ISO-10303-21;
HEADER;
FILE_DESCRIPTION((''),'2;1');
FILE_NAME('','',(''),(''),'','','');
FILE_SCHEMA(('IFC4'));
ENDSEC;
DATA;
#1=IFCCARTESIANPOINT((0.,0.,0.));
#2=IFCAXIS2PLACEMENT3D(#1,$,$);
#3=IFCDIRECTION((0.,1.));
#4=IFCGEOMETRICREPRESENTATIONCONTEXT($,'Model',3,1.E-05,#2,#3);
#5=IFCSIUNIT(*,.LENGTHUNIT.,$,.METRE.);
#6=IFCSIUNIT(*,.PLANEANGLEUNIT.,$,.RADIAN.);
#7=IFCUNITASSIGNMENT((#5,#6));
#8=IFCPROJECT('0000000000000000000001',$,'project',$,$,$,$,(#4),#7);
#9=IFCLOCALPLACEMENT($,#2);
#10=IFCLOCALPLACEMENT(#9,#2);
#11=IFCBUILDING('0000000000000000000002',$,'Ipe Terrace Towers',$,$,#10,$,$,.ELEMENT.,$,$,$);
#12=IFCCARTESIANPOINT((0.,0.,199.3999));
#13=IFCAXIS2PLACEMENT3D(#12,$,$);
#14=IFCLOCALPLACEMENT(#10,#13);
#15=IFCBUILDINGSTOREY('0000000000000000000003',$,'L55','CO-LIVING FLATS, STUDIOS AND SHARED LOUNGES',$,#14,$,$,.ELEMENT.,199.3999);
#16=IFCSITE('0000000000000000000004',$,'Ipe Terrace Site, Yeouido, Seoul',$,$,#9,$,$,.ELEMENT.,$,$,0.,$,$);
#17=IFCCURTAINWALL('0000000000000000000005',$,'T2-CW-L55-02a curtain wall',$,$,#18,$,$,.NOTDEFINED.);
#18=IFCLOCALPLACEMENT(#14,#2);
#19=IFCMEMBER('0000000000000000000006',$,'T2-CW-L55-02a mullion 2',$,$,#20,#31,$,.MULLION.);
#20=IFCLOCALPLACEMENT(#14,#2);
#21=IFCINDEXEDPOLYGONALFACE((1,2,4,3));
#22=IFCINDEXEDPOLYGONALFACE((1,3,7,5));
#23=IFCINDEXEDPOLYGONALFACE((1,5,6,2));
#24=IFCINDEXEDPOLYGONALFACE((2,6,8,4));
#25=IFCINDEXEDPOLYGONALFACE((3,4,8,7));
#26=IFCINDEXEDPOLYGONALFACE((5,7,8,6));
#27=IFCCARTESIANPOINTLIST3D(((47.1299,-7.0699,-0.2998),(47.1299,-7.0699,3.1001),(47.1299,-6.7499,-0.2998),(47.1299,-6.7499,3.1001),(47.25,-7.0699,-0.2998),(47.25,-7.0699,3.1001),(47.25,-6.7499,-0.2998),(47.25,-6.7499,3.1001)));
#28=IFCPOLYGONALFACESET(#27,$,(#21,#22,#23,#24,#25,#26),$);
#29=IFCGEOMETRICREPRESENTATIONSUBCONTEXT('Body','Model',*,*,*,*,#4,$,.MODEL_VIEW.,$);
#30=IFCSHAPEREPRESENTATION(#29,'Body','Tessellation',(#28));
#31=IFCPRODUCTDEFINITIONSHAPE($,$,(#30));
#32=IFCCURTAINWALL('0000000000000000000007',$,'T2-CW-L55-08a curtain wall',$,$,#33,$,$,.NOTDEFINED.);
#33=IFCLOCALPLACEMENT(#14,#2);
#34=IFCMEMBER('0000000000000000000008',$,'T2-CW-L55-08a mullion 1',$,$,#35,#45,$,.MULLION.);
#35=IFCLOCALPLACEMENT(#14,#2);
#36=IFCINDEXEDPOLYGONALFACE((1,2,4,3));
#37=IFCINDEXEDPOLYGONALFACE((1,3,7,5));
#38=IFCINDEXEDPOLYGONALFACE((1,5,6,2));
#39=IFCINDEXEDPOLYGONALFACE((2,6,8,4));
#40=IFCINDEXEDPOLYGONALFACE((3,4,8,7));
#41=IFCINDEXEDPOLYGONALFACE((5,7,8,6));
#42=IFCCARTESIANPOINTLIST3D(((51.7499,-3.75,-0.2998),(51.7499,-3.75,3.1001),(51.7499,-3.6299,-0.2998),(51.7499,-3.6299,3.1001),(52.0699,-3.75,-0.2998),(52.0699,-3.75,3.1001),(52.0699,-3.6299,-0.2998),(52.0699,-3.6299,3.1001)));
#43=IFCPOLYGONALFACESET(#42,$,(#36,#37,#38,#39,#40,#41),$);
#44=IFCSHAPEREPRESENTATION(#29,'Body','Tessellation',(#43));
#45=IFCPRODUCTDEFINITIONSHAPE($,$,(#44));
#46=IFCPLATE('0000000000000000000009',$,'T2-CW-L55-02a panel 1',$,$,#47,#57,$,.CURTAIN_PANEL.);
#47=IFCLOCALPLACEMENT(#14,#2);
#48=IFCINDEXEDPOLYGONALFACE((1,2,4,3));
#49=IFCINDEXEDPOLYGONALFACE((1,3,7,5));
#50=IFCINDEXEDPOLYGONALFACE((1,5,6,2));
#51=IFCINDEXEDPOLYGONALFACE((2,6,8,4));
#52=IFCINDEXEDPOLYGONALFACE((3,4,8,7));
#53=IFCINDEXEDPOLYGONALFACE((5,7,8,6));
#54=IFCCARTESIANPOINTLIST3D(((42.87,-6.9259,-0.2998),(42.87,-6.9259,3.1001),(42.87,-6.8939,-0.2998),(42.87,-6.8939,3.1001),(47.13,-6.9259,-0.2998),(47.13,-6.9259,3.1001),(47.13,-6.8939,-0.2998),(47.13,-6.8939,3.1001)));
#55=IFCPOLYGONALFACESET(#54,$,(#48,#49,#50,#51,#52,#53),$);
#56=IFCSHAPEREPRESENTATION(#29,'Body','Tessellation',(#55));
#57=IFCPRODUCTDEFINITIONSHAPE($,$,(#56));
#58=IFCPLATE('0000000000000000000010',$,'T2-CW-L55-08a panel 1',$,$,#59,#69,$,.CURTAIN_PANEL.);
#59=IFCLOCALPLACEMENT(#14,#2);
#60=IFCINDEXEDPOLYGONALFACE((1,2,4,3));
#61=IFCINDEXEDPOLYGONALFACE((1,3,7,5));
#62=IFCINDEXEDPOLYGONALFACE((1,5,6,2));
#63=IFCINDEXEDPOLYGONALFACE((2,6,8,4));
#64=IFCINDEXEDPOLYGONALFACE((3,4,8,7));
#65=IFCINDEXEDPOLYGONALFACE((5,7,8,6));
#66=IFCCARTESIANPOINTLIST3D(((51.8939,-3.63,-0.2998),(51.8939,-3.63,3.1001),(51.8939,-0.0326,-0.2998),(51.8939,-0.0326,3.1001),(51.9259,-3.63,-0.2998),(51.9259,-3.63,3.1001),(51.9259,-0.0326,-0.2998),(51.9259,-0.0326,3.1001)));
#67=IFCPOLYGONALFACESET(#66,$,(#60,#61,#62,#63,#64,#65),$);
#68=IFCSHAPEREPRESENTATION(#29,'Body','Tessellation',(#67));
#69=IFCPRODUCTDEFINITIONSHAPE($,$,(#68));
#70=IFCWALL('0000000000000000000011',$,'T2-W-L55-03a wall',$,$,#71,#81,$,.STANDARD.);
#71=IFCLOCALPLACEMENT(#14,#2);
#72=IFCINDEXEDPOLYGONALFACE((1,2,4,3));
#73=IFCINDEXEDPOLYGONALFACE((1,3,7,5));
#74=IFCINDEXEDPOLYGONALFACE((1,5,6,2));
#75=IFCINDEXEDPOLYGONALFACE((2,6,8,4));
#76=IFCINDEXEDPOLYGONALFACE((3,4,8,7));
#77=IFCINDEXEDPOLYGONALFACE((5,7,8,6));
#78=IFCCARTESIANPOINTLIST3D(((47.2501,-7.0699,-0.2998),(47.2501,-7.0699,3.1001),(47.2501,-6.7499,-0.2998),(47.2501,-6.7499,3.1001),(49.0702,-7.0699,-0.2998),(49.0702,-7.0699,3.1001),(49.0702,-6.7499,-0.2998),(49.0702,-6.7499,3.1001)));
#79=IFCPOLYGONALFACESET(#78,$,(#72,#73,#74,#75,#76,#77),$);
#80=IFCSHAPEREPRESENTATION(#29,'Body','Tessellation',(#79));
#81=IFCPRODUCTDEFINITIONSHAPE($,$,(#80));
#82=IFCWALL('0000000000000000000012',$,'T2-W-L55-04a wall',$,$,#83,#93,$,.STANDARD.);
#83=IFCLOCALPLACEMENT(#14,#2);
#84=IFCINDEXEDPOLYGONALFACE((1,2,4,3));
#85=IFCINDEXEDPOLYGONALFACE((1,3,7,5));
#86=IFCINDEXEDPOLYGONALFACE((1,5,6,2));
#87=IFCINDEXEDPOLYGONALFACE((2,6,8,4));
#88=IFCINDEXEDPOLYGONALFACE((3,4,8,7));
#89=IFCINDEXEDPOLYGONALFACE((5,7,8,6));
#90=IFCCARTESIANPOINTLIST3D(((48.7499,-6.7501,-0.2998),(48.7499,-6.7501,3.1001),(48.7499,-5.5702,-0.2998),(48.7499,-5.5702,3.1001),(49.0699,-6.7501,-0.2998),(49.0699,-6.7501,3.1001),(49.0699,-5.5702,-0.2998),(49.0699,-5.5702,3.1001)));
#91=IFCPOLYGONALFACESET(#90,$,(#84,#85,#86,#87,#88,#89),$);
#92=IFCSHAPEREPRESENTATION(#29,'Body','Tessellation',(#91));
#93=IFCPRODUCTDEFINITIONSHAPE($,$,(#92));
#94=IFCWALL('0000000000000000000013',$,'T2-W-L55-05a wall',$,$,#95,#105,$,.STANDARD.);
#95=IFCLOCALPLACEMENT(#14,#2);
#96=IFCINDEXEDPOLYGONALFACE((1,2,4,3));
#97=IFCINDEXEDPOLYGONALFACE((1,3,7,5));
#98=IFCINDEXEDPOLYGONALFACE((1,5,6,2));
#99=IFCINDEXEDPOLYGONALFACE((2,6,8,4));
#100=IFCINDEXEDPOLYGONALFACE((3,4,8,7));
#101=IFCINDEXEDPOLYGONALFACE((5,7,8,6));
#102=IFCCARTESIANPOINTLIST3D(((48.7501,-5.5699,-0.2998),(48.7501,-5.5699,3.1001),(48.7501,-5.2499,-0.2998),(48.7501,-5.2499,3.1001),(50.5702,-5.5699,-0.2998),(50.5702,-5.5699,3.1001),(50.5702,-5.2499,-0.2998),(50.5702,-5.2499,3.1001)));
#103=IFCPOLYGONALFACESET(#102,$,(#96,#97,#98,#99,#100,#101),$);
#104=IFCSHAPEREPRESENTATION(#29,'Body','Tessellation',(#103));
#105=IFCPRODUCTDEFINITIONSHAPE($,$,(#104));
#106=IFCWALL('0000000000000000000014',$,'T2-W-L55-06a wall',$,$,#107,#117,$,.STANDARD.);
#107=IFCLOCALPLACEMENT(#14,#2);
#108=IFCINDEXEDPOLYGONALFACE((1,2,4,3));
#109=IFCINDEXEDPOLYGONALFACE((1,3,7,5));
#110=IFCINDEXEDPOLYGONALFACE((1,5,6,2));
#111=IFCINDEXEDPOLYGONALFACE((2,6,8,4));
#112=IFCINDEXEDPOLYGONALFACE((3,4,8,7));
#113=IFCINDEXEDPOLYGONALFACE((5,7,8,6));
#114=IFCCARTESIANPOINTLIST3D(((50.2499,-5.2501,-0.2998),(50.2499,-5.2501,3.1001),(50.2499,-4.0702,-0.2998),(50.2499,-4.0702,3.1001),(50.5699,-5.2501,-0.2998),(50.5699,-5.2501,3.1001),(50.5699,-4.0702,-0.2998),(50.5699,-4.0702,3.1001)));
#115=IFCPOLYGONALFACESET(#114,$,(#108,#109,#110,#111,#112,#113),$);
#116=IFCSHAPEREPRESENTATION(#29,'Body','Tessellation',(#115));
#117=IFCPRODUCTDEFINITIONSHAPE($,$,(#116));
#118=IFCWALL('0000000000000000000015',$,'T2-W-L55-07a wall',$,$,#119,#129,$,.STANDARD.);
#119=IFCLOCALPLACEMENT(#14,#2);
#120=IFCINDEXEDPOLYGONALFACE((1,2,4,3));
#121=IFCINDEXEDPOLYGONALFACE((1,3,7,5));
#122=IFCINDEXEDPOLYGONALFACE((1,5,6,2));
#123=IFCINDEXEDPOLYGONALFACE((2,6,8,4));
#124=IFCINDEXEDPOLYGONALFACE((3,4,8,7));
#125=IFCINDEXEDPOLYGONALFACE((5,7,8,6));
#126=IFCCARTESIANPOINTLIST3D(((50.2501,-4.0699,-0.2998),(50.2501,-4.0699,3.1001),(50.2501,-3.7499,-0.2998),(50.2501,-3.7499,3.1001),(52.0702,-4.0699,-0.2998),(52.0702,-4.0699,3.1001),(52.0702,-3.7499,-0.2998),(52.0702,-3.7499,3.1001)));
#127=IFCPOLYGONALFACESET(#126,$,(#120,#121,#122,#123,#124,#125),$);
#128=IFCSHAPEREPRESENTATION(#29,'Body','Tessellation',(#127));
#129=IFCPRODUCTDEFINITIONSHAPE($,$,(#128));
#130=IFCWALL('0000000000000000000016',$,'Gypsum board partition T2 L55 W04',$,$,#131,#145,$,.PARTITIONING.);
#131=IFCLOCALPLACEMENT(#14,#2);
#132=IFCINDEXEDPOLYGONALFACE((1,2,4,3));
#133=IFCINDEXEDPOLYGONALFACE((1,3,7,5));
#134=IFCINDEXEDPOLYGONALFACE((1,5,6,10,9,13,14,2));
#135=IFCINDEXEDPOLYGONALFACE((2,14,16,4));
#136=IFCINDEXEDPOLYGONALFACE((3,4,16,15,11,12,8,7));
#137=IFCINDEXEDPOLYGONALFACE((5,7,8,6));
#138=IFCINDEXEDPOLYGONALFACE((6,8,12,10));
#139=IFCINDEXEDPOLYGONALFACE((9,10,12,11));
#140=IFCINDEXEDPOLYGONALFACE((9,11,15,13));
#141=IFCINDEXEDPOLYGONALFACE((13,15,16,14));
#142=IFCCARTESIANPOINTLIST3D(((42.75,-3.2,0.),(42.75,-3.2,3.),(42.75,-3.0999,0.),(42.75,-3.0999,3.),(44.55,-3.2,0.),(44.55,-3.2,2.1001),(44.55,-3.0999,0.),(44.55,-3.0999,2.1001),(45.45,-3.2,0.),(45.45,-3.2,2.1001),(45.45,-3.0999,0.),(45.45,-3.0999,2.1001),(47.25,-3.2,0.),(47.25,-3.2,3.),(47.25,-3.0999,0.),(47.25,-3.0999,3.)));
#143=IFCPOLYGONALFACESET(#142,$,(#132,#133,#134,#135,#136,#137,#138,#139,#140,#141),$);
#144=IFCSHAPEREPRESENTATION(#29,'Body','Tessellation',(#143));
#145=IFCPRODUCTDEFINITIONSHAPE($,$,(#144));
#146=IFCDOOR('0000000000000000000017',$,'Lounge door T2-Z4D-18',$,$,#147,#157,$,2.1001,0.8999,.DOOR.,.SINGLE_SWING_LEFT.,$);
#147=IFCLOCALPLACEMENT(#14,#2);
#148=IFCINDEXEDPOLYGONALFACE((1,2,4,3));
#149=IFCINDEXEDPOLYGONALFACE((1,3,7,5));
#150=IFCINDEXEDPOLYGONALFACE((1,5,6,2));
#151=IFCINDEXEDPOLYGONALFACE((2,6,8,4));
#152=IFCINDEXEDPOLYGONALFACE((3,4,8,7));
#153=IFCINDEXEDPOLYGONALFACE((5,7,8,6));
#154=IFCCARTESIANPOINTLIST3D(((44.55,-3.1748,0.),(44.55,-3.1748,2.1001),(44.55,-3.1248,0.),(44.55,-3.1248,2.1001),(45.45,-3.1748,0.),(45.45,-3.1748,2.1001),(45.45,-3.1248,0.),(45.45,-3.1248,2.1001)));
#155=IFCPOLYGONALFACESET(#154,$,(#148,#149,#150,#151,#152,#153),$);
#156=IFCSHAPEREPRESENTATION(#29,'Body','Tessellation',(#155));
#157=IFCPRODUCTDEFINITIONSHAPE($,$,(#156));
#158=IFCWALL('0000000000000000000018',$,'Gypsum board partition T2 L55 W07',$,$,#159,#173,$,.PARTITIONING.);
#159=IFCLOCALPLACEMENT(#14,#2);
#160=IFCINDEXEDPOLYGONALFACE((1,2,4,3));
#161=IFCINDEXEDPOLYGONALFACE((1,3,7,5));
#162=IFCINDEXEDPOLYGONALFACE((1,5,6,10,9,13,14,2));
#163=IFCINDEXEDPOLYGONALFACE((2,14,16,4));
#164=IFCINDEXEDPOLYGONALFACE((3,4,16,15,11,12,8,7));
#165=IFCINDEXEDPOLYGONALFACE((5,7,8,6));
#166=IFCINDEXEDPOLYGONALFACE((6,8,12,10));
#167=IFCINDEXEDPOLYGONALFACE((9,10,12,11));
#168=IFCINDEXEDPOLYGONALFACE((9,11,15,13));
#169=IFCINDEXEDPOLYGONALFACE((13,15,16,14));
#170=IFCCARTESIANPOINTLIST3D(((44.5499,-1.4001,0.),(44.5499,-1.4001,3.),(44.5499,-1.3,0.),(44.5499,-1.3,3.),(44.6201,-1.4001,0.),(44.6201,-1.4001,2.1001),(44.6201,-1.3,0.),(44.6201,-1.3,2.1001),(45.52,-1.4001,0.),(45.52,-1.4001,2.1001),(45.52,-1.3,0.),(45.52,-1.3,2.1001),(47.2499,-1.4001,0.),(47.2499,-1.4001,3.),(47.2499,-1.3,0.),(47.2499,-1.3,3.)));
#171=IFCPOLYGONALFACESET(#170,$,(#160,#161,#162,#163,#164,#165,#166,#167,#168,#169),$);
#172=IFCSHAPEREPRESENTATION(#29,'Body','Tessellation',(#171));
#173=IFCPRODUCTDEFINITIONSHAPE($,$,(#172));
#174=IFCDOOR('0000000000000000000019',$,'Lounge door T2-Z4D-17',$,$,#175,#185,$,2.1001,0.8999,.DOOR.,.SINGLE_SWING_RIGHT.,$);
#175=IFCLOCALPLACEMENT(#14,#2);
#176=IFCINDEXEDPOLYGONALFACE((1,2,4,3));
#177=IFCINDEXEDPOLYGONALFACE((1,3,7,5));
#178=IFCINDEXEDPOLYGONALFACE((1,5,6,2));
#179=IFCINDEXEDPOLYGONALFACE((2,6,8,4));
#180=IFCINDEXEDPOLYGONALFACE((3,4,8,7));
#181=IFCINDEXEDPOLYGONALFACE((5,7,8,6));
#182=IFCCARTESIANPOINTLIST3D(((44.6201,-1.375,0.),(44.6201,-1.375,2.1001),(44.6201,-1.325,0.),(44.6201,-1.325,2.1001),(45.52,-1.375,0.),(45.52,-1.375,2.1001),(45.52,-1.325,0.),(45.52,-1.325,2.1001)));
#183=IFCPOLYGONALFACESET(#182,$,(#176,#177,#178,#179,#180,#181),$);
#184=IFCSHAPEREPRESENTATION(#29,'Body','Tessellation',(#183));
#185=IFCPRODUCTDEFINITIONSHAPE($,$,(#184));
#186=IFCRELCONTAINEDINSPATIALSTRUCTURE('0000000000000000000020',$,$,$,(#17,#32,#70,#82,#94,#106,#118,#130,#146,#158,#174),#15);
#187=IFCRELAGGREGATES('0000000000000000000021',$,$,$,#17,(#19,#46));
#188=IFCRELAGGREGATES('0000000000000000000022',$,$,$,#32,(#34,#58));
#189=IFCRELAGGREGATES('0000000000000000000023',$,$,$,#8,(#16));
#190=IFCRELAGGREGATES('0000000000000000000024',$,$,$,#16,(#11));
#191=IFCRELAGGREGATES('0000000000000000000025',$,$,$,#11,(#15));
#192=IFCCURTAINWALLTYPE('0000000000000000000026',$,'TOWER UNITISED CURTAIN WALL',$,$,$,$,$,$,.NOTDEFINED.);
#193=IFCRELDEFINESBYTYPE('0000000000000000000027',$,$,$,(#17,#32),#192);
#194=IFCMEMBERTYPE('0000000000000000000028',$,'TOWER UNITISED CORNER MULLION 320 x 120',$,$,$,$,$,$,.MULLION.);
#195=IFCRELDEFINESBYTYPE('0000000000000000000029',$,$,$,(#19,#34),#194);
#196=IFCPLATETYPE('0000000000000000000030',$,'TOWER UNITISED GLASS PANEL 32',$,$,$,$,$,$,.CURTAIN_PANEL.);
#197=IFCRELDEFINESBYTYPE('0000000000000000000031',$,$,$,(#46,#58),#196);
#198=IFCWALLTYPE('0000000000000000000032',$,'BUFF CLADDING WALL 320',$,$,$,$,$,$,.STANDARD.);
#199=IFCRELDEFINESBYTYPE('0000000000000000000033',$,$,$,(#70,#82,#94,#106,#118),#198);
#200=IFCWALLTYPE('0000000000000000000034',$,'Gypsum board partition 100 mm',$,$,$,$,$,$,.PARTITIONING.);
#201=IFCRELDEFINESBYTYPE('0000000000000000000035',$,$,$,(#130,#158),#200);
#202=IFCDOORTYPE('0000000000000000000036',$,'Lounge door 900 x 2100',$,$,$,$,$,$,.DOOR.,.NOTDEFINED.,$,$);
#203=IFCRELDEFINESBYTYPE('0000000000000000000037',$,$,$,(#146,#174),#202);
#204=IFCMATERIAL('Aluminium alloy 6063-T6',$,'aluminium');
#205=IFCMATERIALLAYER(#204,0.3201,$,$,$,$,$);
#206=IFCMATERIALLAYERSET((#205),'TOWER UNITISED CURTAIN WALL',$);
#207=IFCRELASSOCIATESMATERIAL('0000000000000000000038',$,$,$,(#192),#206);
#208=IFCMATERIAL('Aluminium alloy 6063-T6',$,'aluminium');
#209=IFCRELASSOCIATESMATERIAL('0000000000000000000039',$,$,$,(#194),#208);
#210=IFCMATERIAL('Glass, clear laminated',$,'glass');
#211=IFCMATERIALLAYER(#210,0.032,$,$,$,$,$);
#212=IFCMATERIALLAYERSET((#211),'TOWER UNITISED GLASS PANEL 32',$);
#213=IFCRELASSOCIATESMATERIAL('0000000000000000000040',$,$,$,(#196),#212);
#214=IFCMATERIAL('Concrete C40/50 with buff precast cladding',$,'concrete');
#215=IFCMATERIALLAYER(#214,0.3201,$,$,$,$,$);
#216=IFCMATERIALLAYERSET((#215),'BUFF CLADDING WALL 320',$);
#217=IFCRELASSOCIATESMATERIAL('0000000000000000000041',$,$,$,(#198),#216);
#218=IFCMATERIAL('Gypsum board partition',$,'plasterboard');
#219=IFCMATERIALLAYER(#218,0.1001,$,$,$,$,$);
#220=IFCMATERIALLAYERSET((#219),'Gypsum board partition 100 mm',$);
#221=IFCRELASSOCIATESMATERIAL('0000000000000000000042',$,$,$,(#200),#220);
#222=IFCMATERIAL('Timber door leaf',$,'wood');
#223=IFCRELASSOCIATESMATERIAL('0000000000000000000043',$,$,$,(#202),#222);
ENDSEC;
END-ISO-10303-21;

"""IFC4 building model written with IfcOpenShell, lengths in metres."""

from ifc_helpers import new_model, si_unit, direction, frame, frame_2d, origin, origin_2d, place, context, subcontext, project, spatial, rectangle, extrude, material, layer, layer_set, material_profile, profile_set, type_object, element, fill, aggregate, save


model = new_model("IFC4")

# Units and contexts
model_context = context("Model", 3, precision=1e-05, world=origin(), true_north=direction((0.0, 1.0)))
body_context = subcontext(model_context, "Body", "Model", "MODEL_VIEW")
ifc_project = project(units=[si_unit("LENGTHUNIT", "METRE"), si_unit("PLANEANGLEUNIT", "RADIAN")], contexts=[model_context])

# Site, building, storey
site_placement = place(None, origin())
site = spatial("IfcSite", under=ifc_project, at=site_placement, Name="Ipe Terrace Site, Yeouido, Seoul", CompositionType="ELEMENT", RefElevation=0.0)
building_placement = place(site_placement, origin())
building = spatial("IfcBuilding", under=site, at=building_placement, Name="Ipe Terrace Towers", CompositionType="ELEMENT")
storey_placement = place(building_placement, frame((0.0, 0.0, 199.3999)))
storey = spatial("IfcBuildingStorey", under=building, at=storey_placement, Name="L55", Description="CO-LIVING FLATS, STUDIOS AND SHARED LOUNGES", CompositionType="ELEMENT", Elevation=199.3999)

# Curtain wall, member
ifc_material_1 = material(Name="Aluminium alloy 6063-T6", Category="aluminium")
ifc_layer_1 = layer(ifc_material_1, 0.3201)
ifc_layer_set_1 = layer_set([ifc_layer_1], Name="TOWER UNITISED CURTAIN WALL")
curtain_wall_type = type_object("IfcCurtainWallType", Name="TOWER UNITISED CURTAIN WALL", PredefinedType="NOTDEFINED", material=ifc_layer_set_1)
curtain_wall_1_placement = place(storey_placement, origin())
curtain_wall_1 = element("IfcCurtainWall", 1, at=curtain_wall_1_placement, inside=storey, type_object=curtain_wall_type, Name="T2-CW-L55-02a curtain wall", PredefinedType="NOTDEFINED")
ifc_material_2 = material(Name="Aluminium alloy 6063-T6", Category="aluminium")
ifc_material_profile_1 = material_profile(ifc_material_2, rectangle(XDim=0.3201, YDim=0.1201, at=origin_2d()), Name="TOWER UNITISED CORNER MULLION 320 x 120")
ifc_profile_set_1 = profile_set([ifc_material_profile_1], Name="Aluminium alloy 6063-T6")
member_type = type_object("IfcMemberType", Name="TOWER UNITISED CORNER MULLION 320 x 120", PredefinedType="MULLION", material=ifc_profile_set_1)
member_1_placement = place(storey_placement, frame((47.1899, -6.9099, -0.2998), z_axis=(0.0, 0.0, 1.0), x_axis=(0.0, -1.0, 0.0)))
member_1 = element("IfcMember", 2, at=member_1_placement, type_object=member_type, Name="T2-CW-L55-02a mullion 2", PredefinedType="MULLION", context=body_context, shape_type="SweptSolid", body=[
    extrude(rectangle(XDim=0.3201, YDim=0.1201, at=origin_2d()), origin(), (0.0, 0.0, 1.0), 3.3999),
])

# Curtain wall, member
curtain_wall_2_placement = place(storey_placement, origin())
curtain_wall_2 = element("IfcCurtainWall", 3, at=curtain_wall_2_placement, inside=storey, type_object=curtain_wall_type, Name="T2-CW-L55-08a curtain wall", PredefinedType="NOTDEFINED")
member_2_placement = place(storey_placement, frame((51.9099, -3.6899, -0.2998), z_axis=(0.0, 0.0, 1.0), x_axis=(1.0, 0.0, 0.0)))
member_2 = element("IfcMember", 4, at=member_2_placement, type_object=member_type, Name="T2-CW-L55-08a mullion 1", PredefinedType="MULLION", context=body_context, shape_type="SweptSolid", body=[
    extrude(rectangle(XDim=0.3201, YDim=0.1201, at=origin_2d()), origin(), (0.0, 0.0, 1.0), 3.3999),
])

# Plates
ifc_material_3 = material(Name="Glass, clear laminated", Category="glass")
ifc_layer_2 = layer(ifc_material_3, 0.032)
ifc_layer_set_2 = layer_set([ifc_layer_2], Name="TOWER UNITISED GLASS PANEL 32")
plate_type = type_object("IfcPlateType", Name="TOWER UNITISED GLASS PANEL 32", PredefinedType="CURTAIN_PANEL", material=ifc_layer_set_2)
plate_1_placement = place(storey_placement, frame((45.0, -6.9099, -0.2998), z_axis=(0.0, 0.0, 1.0), x_axis=(1.0, 0.0, 0.0)))
plate_1 = element("IfcPlate", 5, at=plate_1_placement, type_object=plate_type, Name="T2-CW-L55-02a panel 1", PredefinedType="CURTAIN_PANEL", context=body_context, shape_type="SweptSolid", body=[
    extrude(rectangle(XDim=4.26, YDim=0.032, at=origin_2d()), origin(), (0.0, 0.0, 1.0), 3.3999),
])
aggregate(curtain_wall_1, [member_1, plate_1])
plate_2_placement = place(storey_placement, frame((51.9099, -1.8313, -0.2998), z_axis=(0.0, 0.0, 1.0), x_axis=(0.0, 1.0, 0.0)))
plate_2 = element("IfcPlate", 6, at=plate_2_placement, type_object=plate_type, Name="T2-CW-L55-08a panel 1", PredefinedType="CURTAIN_PANEL", context=body_context, shape_type="SweptSolid", body=[
    extrude(rectangle(XDim=3.5974, YDim=0.032, at=origin_2d()), origin(), (0.0, 0.0, 1.0), 3.3999),
])
aggregate(curtain_wall_2, [member_2, plate_2])

# Walls
ifc_material_4 = material(Name="Concrete C40/50 with buff precast cladding", Category="concrete")
ifc_layer_3 = layer(ifc_material_4, 0.3201)
ifc_layer_set_3 = layer_set([ifc_layer_3], Name="BUFF CLADDING WALL 320")
wall_type_1 = type_object("IfcWallType", Name="BUFF CLADDING WALL 320", PredefinedType="STANDARD", material=ifc_layer_set_3)
wall_1_placement = place(storey_placement, frame((47.25, -6.9099, -0.2998), z_axis=(0.0, 0.0, 1.0), x_axis=(1.0, 0.0, 0.0)))
element("IfcWall", 7, at=wall_1_placement, inside=storey, type_object=wall_type_1, Name="T2-W-L55-03a wall", PredefinedType="STANDARD", context=body_context, shape_type="SweptSolid", body=[
    extrude(rectangle(XDim=1.8201, YDim=0.3201, at=frame_2d((0.9102, 0.0))), origin(), (0.0, 0.0, 1.0), 3.3999),
])
wall_2_placement = place(storey_placement, frame((48.9099, -6.75, -0.2998), z_axis=(0.0, 0.0, 1.0), x_axis=(0.0, 1.0, 0.0)))
element("IfcWall", 8, at=wall_2_placement, inside=storey, type_object=wall_type_1, Name="T2-W-L55-04a wall", PredefinedType="STANDARD", context=body_context, shape_type="SweptSolid", body=[
    extrude(rectangle(XDim=1.1799, YDim=0.3201, at=frame_2d((0.5898, 0.0))), origin(), (0.0, 0.0, 1.0), 3.3999),
])
wall_3_placement = place(storey_placement, frame((48.75, -5.4099, -0.2998), z_axis=(0.0, 0.0, 1.0), x_axis=(1.0, 0.0, 0.0)))
element("IfcWall", 9, at=wall_3_placement, inside=storey, type_object=wall_type_1, Name="T2-W-L55-05a wall", PredefinedType="STANDARD", context=body_context, shape_type="SweptSolid", body=[
    extrude(rectangle(XDim=1.8201, YDim=0.3201, at=frame_2d((0.9102, 0.0))), origin(), (0.0, 0.0, 1.0), 3.3999),
])
wall_4_placement = place(storey_placement, frame((50.4099, -5.25, -0.2998), z_axis=(0.0, 0.0, 1.0), x_axis=(0.0, 1.0, 0.0)))
element("IfcWall", 10, at=wall_4_placement, inside=storey, type_object=wall_type_1, Name="T2-W-L55-06a wall", PredefinedType="STANDARD", context=body_context, shape_type="SweptSolid", body=[
    extrude(rectangle(XDim=1.1799, YDim=0.3201, at=frame_2d((0.5898, 0.0))), origin(), (0.0, 0.0, 1.0), 3.3999),
])
wall_5_placement = place(storey_placement, frame((50.25, -3.9099, -0.2998), z_axis=(0.0, 0.0, 1.0), x_axis=(1.0, 0.0, 0.0)))
element("IfcWall", 11, at=wall_5_placement, inside=storey, type_object=wall_type_1, Name="T2-W-L55-07a wall", PredefinedType="STANDARD", context=body_context, shape_type="SweptSolid", body=[
    extrude(rectangle(XDim=1.8201, YDim=0.3201, at=frame_2d((0.9102, 0.0))), origin(), (0.0, 0.0, 1.0), 3.3999),
])

# Walls, openings, doors
ifc_material_5 = material(Name="Gypsum board partition", Category="plasterboard")
ifc_layer_4 = layer(ifc_material_5, 0.1001)
ifc_layer_set_4 = layer_set([ifc_layer_4], Name="Gypsum board partition 100 mm")
wall_type_2 = type_object("IfcWallType", Name="Gypsum board partition 100 mm", PredefinedType="PARTITIONING", material=ifc_layer_set_4)
wall_6_placement = place(storey_placement, frame((47.25, -3.1499, 0.0), z_axis=(0.0, 0.0, 1.0), x_axis=(-1.0, 0.0, 0.0)))
wall_6 = element("IfcWall", 12, at=wall_6_placement, inside=storey, type_object=wall_type_2, Name="Gypsum board partition T2 L55 W04", PredefinedType="PARTITIONING", context=body_context, shape_type="SweptSolid", body=[
    extrude(rectangle(XDim=4.5, YDim=0.1001, at=frame_2d((2.25, 0.0))), origin(), (0.0, 0.0, 1.0), 3.0),
])
opening_1_placement = place(wall_6_placement, frame((1.8, 0.0, 0.0)))
opening_1 = element("IfcOpeningElement", 13, at=opening_1_placement, cuts=wall_6, PredefinedType="OPENING", context=body_context, shape_type="SweptSolid", body=[
    extrude(rectangle(XDim=0.8999, YDim=2.1001, at=frame_2d((0.45, 1.05))), frame((0.0, 0.0601, 0.0), z_axis=(0.0, -1.0, 0.0), x_axis=(1.0, 0.0, 0.0)), (0.0, 0.0, 1.0), 0.1201),
])
ifc_material_6 = material(Name="Timber door leaf", Category="wood")
door_type_1 = type_object("IfcDoorType", Name="Lounge door 900 x 2100", OperationType="NOTDEFINED", PredefinedType="DOOR", material=ifc_material_6)
door_1_placement = place(opening_1_placement, origin())
door_1 = element("IfcDoor", 14, at=door_1_placement, inside=storey, type_object=door_type_1, Name="Lounge door T2-Z4D-18", OperationType="SINGLE_SWING_LEFT", OverallHeight=2.1001, OverallWidth=0.8999, PredefinedType="DOOR", context=body_context, shape_type="SweptSolid", body=[
    extrude(rectangle(XDim=0.8999, YDim=2.1001, at=frame_2d((0.45, 1.05))), frame((0.0, 0.0249, 0.0), z_axis=(0.0, -1.0, 0.0), x_axis=(1.0, 0.0, 0.0)), (0.0, 0.0, 1.0), 0.05),
])
fill(opening_1, door_1)
wall_7_placement = place(storey_placement, frame((47.25, -1.3501, 0.0), z_axis=(0.0, 0.0, 1.0), x_axis=(-1.0, 0.0, 0.0)))
wall_7 = element("IfcWall", 15, at=wall_7_placement, inside=storey, type_object=wall_type_2, Name="Gypsum board partition T2 L55 W07", PredefinedType="PARTITIONING", context=body_context, shape_type="SweptSolid", body=[
    extrude(rectangle(XDim=2.7, YDim=0.1001, at=frame_2d((1.3501, 0.0))), origin(), (0.0, 0.0, 1.0), 3.0),
])
opening_2_placement = place(wall_7_placement, frame((1.73, 0.0, 0.0)))
opening_2 = element("IfcOpeningElement", 16, at=opening_2_placement, cuts=wall_7, PredefinedType="OPENING", context=body_context, shape_type="SweptSolid", body=[
    extrude(rectangle(XDim=0.8999, YDim=2.1001, at=frame_2d((0.45, 1.05))), frame((0.0, 0.0601, 0.0), z_axis=(0.0, -1.0, 0.0), x_axis=(1.0, 0.0, 0.0)), (0.0, 0.0, 1.0), 0.1201),
])
door_2_placement = place(opening_2_placement, origin())
door_2 = element("IfcDoor", 17, at=door_2_placement, inside=storey, type_object=door_type_1, Name="Lounge door T2-Z4D-17", OperationType="SINGLE_SWING_RIGHT", OverallHeight=2.1001, OverallWidth=0.8999, PredefinedType="DOOR", context=body_context, shape_type="SweptSolid", body=[
    extrude(rectangle(XDim=0.8999, YDim=2.1001, at=frame_2d((0.45, 1.05))), frame((0.0, 0.0249, 0.0), z_axis=(0.0, -1.0, 0.0), x_axis=(1.0, 0.0, 0.0)), (0.0, 0.0, 1.0), 0.05),
])
fill(opening_2, door_2)

save(model, "model.ifc")
